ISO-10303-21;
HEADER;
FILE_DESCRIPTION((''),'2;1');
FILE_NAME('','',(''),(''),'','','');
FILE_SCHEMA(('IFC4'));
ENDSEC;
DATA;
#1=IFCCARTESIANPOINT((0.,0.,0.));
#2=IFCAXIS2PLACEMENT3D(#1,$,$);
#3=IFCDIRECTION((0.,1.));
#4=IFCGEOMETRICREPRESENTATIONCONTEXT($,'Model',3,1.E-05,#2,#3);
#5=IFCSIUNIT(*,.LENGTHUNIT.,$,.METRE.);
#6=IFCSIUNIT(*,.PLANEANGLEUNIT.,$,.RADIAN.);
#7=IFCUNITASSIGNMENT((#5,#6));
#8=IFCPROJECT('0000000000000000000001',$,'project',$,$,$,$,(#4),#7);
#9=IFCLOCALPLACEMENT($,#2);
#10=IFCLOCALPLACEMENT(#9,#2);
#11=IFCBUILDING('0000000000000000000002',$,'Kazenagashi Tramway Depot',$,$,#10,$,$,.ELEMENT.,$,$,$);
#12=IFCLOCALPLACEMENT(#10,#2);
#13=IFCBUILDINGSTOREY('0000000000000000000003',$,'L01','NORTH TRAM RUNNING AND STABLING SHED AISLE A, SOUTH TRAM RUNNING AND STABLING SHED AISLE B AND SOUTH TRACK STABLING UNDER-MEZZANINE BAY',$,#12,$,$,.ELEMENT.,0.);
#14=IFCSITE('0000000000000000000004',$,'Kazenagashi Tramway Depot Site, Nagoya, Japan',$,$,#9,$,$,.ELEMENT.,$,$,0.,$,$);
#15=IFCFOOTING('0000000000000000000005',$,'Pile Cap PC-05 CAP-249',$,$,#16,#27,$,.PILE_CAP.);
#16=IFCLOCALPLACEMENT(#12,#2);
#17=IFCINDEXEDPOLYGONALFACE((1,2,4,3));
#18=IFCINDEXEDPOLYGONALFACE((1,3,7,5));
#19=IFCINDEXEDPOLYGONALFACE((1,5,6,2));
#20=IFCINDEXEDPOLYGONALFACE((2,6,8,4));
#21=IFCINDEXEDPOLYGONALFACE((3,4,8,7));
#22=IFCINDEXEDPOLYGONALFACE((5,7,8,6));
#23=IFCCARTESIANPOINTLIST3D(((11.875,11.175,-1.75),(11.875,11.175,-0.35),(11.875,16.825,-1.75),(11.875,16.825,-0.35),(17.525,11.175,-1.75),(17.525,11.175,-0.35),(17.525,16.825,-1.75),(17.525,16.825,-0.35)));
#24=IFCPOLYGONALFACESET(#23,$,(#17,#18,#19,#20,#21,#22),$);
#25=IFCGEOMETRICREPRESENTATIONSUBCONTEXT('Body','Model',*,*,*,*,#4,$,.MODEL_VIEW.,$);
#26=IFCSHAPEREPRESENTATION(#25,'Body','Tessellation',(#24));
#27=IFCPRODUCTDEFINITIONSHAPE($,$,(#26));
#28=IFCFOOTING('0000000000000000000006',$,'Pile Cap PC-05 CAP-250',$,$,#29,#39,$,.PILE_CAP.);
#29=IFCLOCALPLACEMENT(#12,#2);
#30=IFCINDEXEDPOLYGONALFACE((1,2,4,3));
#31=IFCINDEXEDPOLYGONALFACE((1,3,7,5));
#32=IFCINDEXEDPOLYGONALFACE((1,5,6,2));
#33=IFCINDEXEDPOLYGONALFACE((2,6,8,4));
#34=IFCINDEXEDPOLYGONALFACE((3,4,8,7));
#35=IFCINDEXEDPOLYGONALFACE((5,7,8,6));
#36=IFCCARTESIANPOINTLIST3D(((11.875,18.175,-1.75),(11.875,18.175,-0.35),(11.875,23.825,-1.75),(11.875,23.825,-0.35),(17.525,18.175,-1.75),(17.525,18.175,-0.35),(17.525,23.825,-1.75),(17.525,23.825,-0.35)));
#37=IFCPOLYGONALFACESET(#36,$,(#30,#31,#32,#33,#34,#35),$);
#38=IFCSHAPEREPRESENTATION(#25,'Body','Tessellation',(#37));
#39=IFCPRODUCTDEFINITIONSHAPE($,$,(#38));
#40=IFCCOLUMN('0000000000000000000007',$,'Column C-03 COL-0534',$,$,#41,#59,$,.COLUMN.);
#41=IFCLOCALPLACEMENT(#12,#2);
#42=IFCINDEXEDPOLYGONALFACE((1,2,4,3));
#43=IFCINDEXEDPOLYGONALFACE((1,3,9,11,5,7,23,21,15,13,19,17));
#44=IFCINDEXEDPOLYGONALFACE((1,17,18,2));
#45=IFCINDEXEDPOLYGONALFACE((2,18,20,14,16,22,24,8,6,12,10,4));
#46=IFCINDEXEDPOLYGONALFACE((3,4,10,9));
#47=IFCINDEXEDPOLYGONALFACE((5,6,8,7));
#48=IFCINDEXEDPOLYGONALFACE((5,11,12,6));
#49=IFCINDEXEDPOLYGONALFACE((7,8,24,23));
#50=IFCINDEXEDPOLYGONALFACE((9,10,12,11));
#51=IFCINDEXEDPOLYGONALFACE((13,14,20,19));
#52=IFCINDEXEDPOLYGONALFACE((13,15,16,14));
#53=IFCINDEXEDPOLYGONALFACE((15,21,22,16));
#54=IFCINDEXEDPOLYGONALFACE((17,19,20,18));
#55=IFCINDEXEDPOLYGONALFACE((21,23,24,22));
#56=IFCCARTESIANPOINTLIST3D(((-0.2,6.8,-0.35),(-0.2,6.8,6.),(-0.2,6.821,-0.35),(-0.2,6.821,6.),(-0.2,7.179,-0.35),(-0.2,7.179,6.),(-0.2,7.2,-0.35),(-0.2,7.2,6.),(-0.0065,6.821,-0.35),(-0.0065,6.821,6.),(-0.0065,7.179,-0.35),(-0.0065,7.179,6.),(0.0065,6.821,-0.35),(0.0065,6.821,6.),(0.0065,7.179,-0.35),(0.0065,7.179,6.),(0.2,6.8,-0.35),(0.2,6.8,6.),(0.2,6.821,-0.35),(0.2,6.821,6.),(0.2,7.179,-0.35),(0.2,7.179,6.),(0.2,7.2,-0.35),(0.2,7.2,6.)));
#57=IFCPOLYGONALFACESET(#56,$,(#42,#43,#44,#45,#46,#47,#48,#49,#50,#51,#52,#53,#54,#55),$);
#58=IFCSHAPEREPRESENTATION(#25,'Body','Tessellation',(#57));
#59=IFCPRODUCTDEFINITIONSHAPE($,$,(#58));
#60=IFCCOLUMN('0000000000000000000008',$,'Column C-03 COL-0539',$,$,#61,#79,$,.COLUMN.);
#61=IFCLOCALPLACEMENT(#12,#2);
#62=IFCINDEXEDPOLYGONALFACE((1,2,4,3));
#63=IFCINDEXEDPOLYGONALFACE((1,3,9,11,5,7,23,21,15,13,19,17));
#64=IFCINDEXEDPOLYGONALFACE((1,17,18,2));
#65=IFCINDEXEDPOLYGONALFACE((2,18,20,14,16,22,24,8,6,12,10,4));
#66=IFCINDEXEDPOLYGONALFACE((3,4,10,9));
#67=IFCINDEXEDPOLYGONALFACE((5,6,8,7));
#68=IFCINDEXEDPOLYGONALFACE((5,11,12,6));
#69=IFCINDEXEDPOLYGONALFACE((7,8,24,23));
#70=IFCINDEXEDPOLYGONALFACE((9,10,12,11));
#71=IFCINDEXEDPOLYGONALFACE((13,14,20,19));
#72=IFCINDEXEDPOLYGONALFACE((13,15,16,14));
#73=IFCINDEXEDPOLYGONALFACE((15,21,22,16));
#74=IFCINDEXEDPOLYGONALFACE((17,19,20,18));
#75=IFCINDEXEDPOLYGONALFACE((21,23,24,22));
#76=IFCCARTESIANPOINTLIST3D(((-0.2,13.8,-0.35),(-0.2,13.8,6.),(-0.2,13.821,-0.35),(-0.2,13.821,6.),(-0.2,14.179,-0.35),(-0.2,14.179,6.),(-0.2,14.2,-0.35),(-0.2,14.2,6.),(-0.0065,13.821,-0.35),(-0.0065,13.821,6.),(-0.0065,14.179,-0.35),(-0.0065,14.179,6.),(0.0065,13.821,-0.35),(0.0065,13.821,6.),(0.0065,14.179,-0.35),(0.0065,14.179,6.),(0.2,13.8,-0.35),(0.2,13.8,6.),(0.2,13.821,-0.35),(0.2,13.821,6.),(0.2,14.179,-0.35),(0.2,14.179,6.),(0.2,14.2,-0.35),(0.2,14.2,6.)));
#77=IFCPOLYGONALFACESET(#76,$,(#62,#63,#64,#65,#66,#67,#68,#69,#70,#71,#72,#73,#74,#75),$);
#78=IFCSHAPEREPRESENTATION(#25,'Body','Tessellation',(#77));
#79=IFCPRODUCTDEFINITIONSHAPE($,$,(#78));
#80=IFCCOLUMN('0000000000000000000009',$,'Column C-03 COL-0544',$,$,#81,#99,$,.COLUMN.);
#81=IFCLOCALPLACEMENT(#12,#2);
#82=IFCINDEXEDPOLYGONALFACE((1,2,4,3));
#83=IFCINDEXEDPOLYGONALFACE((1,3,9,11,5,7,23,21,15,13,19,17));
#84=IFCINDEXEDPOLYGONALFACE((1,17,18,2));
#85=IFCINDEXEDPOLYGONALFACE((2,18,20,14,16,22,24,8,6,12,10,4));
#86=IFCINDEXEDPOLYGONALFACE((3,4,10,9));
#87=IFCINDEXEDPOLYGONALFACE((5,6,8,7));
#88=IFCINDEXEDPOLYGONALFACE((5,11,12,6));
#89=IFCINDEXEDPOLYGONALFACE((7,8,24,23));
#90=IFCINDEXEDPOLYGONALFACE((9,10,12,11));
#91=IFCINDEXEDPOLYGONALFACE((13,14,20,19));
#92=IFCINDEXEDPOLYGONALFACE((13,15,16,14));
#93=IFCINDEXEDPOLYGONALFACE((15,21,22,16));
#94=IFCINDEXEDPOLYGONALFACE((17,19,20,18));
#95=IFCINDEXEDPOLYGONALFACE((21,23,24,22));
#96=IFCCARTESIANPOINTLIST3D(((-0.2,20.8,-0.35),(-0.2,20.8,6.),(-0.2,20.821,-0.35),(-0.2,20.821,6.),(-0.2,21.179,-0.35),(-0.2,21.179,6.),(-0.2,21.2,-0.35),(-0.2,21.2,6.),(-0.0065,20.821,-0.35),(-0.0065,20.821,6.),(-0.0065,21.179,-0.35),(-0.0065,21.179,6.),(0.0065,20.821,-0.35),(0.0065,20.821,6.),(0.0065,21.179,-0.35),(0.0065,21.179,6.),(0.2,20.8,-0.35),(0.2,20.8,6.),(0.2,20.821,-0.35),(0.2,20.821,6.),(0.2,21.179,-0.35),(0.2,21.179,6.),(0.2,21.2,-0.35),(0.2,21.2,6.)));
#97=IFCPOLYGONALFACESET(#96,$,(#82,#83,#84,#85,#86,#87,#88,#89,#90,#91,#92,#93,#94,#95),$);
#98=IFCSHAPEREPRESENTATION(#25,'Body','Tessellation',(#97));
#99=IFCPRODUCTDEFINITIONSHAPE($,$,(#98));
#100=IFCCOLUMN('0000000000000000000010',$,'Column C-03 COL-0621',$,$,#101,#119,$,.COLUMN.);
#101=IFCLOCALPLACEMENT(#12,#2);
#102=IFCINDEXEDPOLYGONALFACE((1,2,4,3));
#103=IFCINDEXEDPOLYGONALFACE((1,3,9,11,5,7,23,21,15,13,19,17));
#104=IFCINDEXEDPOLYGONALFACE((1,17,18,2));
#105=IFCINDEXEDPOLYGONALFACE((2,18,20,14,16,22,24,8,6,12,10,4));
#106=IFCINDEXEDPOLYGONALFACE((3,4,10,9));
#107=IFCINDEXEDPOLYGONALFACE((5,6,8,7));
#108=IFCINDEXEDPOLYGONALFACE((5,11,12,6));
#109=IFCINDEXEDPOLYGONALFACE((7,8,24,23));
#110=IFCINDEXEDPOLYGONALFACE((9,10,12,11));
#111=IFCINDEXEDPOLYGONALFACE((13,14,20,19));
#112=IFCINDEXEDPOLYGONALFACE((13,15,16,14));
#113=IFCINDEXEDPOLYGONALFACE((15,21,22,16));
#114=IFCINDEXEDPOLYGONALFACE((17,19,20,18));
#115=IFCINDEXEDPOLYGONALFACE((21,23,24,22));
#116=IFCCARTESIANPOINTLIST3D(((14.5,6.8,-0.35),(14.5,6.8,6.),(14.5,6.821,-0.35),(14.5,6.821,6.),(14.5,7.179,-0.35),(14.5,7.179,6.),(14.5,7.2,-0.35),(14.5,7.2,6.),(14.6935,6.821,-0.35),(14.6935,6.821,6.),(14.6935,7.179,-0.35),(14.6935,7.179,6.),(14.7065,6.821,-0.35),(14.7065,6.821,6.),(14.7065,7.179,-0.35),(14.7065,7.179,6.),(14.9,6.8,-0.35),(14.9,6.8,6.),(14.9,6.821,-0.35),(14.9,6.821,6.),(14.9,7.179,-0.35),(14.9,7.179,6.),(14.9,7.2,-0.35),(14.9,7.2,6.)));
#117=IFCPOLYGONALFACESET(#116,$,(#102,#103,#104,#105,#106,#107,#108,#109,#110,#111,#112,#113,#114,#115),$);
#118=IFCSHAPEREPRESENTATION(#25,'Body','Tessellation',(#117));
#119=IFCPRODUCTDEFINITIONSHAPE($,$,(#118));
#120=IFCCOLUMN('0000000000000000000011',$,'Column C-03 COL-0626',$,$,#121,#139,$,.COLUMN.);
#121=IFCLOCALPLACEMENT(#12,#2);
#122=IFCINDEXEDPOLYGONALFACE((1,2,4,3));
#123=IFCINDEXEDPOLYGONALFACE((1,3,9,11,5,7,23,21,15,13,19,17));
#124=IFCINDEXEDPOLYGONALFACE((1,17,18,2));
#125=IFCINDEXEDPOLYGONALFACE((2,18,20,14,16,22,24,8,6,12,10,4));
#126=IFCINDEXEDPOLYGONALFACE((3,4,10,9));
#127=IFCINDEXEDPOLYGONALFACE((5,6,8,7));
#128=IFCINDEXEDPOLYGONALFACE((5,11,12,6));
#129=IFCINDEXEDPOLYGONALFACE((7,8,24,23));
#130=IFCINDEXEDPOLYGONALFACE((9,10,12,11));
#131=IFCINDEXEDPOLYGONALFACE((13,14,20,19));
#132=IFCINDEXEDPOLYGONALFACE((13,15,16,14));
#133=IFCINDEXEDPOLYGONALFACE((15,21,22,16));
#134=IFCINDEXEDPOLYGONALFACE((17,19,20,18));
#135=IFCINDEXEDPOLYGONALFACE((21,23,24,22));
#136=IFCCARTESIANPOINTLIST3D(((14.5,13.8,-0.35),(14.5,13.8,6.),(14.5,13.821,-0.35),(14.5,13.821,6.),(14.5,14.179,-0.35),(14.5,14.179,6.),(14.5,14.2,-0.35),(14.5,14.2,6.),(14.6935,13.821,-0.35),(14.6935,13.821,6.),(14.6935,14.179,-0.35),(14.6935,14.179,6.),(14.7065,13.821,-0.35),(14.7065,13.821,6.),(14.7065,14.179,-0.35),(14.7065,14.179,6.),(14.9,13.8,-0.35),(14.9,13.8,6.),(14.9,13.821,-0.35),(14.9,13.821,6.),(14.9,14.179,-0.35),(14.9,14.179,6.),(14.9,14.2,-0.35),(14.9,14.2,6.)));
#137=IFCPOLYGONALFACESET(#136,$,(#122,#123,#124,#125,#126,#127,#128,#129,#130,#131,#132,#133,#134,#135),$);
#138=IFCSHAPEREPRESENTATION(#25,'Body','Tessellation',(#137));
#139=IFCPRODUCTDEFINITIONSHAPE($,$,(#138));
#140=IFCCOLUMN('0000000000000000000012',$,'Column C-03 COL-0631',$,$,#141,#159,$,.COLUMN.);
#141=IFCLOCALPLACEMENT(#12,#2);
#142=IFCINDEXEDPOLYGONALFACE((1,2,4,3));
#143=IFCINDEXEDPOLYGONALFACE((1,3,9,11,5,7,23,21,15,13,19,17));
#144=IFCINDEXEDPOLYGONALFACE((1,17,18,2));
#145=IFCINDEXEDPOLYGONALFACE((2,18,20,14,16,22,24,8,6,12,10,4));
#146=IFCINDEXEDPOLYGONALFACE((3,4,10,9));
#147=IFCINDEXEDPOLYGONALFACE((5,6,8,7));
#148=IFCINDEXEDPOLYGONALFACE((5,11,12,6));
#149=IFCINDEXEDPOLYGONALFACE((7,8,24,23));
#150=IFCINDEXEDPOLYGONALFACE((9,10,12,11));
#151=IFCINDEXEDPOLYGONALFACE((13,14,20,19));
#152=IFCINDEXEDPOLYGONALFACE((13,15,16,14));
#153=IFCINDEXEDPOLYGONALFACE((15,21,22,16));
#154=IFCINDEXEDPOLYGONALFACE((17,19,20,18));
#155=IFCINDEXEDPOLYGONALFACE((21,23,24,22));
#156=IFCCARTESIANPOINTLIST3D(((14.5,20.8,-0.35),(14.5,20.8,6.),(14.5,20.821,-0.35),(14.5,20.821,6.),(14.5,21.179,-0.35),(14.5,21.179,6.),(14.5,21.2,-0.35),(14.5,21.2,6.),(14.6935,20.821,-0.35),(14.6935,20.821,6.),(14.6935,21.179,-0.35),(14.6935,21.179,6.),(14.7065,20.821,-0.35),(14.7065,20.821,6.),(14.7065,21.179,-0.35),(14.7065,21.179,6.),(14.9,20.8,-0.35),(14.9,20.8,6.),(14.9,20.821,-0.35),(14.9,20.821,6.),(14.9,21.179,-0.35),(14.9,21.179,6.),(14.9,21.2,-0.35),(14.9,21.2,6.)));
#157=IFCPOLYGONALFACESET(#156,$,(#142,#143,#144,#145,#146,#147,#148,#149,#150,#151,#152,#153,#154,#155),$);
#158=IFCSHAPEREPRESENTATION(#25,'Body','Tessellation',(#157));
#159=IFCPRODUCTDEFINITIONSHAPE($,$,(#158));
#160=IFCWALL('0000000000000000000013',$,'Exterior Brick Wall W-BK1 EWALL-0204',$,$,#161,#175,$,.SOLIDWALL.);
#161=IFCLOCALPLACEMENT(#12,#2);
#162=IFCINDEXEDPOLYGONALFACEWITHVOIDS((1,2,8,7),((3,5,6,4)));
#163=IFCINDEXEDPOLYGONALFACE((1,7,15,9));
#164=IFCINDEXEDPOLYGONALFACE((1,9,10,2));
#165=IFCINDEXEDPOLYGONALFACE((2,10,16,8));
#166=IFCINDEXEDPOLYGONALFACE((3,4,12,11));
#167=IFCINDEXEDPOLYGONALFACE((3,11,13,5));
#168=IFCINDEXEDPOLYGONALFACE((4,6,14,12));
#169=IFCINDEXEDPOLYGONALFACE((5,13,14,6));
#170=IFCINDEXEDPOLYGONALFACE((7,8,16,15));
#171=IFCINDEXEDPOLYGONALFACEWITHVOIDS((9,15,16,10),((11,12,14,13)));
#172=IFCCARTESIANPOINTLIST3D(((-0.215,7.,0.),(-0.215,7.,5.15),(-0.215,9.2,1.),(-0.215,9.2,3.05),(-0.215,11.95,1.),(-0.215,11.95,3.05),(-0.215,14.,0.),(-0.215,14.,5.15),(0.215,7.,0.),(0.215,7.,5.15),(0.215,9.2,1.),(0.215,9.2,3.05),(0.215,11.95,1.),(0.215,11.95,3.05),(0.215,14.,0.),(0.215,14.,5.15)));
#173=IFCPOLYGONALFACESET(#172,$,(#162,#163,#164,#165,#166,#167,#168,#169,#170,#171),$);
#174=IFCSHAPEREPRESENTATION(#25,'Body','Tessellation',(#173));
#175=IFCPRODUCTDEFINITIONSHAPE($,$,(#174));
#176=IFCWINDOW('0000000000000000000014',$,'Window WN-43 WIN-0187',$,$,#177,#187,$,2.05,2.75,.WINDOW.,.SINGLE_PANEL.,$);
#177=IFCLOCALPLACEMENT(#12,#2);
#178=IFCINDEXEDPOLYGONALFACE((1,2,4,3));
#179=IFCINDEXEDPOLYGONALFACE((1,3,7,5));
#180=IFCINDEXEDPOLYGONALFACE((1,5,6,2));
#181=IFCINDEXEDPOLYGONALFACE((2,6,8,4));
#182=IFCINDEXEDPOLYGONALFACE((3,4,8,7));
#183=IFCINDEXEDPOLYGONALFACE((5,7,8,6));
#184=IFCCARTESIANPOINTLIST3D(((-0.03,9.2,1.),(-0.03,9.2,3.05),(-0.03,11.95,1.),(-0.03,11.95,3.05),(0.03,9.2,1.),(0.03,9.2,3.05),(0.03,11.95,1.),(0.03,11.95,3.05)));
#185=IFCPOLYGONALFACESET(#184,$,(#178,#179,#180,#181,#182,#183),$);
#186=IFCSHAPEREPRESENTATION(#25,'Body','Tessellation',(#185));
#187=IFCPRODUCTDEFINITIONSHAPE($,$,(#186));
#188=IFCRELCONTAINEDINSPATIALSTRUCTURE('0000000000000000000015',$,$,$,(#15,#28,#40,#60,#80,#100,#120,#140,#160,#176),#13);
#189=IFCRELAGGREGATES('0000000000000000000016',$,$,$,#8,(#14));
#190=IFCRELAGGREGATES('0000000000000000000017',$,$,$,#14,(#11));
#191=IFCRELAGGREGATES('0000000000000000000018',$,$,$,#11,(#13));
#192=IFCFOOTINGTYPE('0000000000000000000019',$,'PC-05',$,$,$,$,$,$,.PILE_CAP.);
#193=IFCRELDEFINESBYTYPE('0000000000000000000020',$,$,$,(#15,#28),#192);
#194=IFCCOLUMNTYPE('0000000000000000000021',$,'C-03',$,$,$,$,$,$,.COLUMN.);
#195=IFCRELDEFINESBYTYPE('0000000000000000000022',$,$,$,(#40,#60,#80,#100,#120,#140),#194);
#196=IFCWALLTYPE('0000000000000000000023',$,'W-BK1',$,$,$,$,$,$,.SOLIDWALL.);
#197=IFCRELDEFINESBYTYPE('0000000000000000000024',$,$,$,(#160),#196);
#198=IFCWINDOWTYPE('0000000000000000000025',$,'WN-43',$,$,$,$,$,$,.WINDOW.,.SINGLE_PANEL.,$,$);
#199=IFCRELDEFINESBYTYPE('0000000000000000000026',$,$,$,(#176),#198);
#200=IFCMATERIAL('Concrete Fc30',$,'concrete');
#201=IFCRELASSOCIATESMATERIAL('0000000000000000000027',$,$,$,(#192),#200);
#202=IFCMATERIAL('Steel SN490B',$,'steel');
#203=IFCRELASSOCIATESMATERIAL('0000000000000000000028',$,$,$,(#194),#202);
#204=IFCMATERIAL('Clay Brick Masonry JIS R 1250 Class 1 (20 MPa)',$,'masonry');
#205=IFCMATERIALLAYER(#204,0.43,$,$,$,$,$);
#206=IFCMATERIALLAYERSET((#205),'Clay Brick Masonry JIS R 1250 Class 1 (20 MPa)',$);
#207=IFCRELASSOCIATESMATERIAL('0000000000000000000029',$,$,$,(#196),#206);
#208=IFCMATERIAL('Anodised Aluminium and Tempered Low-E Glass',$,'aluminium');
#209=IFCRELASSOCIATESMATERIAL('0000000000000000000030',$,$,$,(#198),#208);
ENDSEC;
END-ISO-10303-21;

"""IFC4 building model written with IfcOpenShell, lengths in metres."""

from ifc_helpers import new_model, si_unit, direction, frame, frame_2d, origin, origin_2d, place, context, subcontext, project, spatial, rectangle, i_section, extrude, material, layer, layer_set, material_profile, profile_set, type_object, element, fill, save


model = new_model("IFC4")

# Units and contexts
model_context = context("Model", 3, precision=1e-05, world=origin(), true_north=direction((0.0, 1.0)))
body_context = subcontext(model_context, "Body", "Model", "MODEL_VIEW")
ifc_project = project(units=[si_unit("LENGTHUNIT", "METRE"), si_unit("PLANEANGLEUNIT", "RADIAN")], contexts=[model_context])

# Site, building, storey
site_placement = place(None, origin())
site = spatial("IfcSite", under=ifc_project, at=site_placement, Name="Kazenagashi Tramway Depot Site, Nagoya, Japan", CompositionType="ELEMENT", RefElevation=0.0)
building_placement = place(site_placement, origin())
building = spatial("IfcBuilding", under=site, at=building_placement, Name="Kazenagashi Tramway Depot", CompositionType="ELEMENT")
storey_placement = place(building_placement, origin())
storey = spatial("IfcBuildingStorey", under=building, at=storey_placement, Name="L01", Description="NORTH TRAM RUNNING AND STABLING SHED AISLE A, SOUTH TRAM RUNNING AND STABLING SHED AISLE B AND SOUTH TRACK STABLING UNDER-MEZZANINE BAY", CompositionType="ELEMENT", Elevation=0.0)

# Shared definitions
ifc_material_1 = material(Name="Concrete Fc30", Category="concrete")

# Footings
footing_type = type_object("IfcFootingType", Name="PC-05", PredefinedType="PILE_CAP", material=ifc_material_1)
for number, where, z_axis, x_axis, name in (
    (1, (14.7, 14.0, -1.75), (0.0, 0.0, 1.0), (1.0, 0.0, 0.0), "Pile Cap PC-05 CAP-249"),
    (2, (14.7, 21.0, -1.75), (0.0, 0.0, 1.0), (1.0, 0.0, 0.0), "Pile Cap PC-05 CAP-250"),
):
    element("IfcFooting", number, at=place(storey_placement, frame(where, z_axis=z_axis, x_axis=x_axis)), inside=storey, type_object=footing_type, Name=name, PredefinedType="PILE_CAP", context=body_context, shape_type="SweptSolid", body=[
        extrude(rectangle(XDim=5.65, YDim=5.65, at=origin_2d()), origin(), (0.0, 0.0, 1.0), 1.4),
    ])

# Columns
ifc_material_2 = material(Name="Steel SN490B", Category="steel")
ifc_material_profile_1 = material_profile(ifc_material_2, i_section(OverallWidth=0.4, OverallDepth=0.4, WebThickness=0.013, FlangeThickness=0.021, at=origin_2d()), Name="H-400x400x13x21")
ifc_profile_set_1 = profile_set([ifc_material_profile_1], Name="Steel SN490B")
column_type = type_object("IfcColumnType", Name="C-03", PredefinedType="COLUMN", material=ifc_profile_set_1)
for number, where, z_axis, x_axis, name in (
    (3, (0.0, 7.0, -0.35), (0.0, 0.0, 1.0), (1.0, 0.0, 0.0), "Column C-03 COL-0534"),
    (4, (0.0, 14.0, -0.35), (0.0, 0.0, 1.0), (1.0, 0.0, 0.0), "Column C-03 COL-0539"),
    (5, (0.0, 21.0, -0.35), (0.0, 0.0, 1.0), (1.0, 0.0, 0.0), "Column C-03 COL-0544"),
    (6, (14.7, 7.0, -0.35), (0.0, 0.0, 1.0), (1.0, 0.0, 0.0), "Column C-03 COL-0621"),
    (7, (14.7, 14.0, -0.35), (0.0, 0.0, 1.0), (1.0, 0.0, 0.0), "Column C-03 COL-0626"),
    (8, (14.7, 21.0, -0.35), (0.0, 0.0, 1.0), (1.0, 0.0, 0.0), "Column C-03 COL-0631"),
):
    element("IfcColumn", number, at=place(storey_placement, frame(where, z_axis=z_axis, x_axis=x_axis)), inside=storey, type_object=column_type, Name=name, PredefinedType="COLUMN", context=body_context, shape_type="SweptSolid", body=[
        extrude(i_section(OverallWidth=0.4, OverallDepth=0.4, WebThickness=0.013, FlangeThickness=0.021, at=origin_2d()), origin(), (0.0, 0.0, 1.0), 6.35),
    ])

# Wall, opening, window
ifc_material_3 = material(Name="Clay Brick Masonry JIS R 1250 Class 1 (20 MPa)", Category="masonry")
ifc_layer_1 = layer(ifc_material_3, 0.43)
ifc_layer_set_1 = layer_set([ifc_layer_1], Name="Clay Brick Masonry JIS R 1250 Class 1 (20 MPa)")
wall_type_1 = type_object("IfcWallType", Name="W-BK1", PredefinedType="SOLIDWALL", material=ifc_layer_set_1)
wall_1_placement = place(storey_placement, frame((0.0, 7.0, 0.0), z_axis=(0.0, 0.0, 1.0), x_axis=(0.0, 1.0, 0.0)))
wall_1 = element("IfcWall", 9, at=wall_1_placement, inside=storey, type_object=wall_type_1, Name="Exterior Brick Wall W-BK1 EWALL-0204", PredefinedType="SOLIDWALL", context=body_context, shape_type="SweptSolid", body=[
    extrude(rectangle(XDim=7.0, YDim=0.43, at=frame_2d((3.5, 0.0))), origin(), (0.0, 0.0, 1.0), 5.15),
])
opening_1_placement = place(wall_1_placement, frame((2.2, 0.0, 1.0)))
opening_1 = element("IfcOpeningElement", 10, at=opening_1_placement, cuts=wall_1, PredefinedType="OPENING", context=body_context, shape_type="SweptSolid", body=[
    extrude(rectangle(XDim=2.75, YDim=2.05, at=frame_2d((1.375, 1.025))), frame((0.0, 0.225, 0.0), z_axis=(0.0, -1.0, 0.0), x_axis=(1.0, 0.0, 0.0)), (0.0, 0.0, 1.0), 0.45),
])
ifc_material_4 = material(Name="Anodised Aluminium and Tempered Low-E Glass", Category="aluminium")
window_type_1 = type_object("IfcWindowType", Name="WN-43", PartitioningType="SINGLE_PANEL", PredefinedType="WINDOW", material=ifc_material_4)
window_1_placement = place(opening_1_placement, origin())
window_1 = element("IfcWindow", 11, at=window_1_placement, inside=storey, type_object=window_type_1, Name="Window WN-43 WIN-0187", OverallHeight=2.05, OverallWidth=2.75, PartitioningType="SINGLE_PANEL", PredefinedType="WINDOW", context=body_context, shape_type="SweptSolid", body=[
    extrude(rectangle(XDim=2.75, YDim=2.05, at=frame_2d((1.375, 1.025))), frame((0.0, 0.03, 0.0), z_axis=(0.0, -1.0, 0.0), x_axis=(1.0, 0.0, 0.0)), (0.0, 0.0, 1.0), 0.06),
])
fill(opening_1, window_1)

save(model, "model.ifc")
